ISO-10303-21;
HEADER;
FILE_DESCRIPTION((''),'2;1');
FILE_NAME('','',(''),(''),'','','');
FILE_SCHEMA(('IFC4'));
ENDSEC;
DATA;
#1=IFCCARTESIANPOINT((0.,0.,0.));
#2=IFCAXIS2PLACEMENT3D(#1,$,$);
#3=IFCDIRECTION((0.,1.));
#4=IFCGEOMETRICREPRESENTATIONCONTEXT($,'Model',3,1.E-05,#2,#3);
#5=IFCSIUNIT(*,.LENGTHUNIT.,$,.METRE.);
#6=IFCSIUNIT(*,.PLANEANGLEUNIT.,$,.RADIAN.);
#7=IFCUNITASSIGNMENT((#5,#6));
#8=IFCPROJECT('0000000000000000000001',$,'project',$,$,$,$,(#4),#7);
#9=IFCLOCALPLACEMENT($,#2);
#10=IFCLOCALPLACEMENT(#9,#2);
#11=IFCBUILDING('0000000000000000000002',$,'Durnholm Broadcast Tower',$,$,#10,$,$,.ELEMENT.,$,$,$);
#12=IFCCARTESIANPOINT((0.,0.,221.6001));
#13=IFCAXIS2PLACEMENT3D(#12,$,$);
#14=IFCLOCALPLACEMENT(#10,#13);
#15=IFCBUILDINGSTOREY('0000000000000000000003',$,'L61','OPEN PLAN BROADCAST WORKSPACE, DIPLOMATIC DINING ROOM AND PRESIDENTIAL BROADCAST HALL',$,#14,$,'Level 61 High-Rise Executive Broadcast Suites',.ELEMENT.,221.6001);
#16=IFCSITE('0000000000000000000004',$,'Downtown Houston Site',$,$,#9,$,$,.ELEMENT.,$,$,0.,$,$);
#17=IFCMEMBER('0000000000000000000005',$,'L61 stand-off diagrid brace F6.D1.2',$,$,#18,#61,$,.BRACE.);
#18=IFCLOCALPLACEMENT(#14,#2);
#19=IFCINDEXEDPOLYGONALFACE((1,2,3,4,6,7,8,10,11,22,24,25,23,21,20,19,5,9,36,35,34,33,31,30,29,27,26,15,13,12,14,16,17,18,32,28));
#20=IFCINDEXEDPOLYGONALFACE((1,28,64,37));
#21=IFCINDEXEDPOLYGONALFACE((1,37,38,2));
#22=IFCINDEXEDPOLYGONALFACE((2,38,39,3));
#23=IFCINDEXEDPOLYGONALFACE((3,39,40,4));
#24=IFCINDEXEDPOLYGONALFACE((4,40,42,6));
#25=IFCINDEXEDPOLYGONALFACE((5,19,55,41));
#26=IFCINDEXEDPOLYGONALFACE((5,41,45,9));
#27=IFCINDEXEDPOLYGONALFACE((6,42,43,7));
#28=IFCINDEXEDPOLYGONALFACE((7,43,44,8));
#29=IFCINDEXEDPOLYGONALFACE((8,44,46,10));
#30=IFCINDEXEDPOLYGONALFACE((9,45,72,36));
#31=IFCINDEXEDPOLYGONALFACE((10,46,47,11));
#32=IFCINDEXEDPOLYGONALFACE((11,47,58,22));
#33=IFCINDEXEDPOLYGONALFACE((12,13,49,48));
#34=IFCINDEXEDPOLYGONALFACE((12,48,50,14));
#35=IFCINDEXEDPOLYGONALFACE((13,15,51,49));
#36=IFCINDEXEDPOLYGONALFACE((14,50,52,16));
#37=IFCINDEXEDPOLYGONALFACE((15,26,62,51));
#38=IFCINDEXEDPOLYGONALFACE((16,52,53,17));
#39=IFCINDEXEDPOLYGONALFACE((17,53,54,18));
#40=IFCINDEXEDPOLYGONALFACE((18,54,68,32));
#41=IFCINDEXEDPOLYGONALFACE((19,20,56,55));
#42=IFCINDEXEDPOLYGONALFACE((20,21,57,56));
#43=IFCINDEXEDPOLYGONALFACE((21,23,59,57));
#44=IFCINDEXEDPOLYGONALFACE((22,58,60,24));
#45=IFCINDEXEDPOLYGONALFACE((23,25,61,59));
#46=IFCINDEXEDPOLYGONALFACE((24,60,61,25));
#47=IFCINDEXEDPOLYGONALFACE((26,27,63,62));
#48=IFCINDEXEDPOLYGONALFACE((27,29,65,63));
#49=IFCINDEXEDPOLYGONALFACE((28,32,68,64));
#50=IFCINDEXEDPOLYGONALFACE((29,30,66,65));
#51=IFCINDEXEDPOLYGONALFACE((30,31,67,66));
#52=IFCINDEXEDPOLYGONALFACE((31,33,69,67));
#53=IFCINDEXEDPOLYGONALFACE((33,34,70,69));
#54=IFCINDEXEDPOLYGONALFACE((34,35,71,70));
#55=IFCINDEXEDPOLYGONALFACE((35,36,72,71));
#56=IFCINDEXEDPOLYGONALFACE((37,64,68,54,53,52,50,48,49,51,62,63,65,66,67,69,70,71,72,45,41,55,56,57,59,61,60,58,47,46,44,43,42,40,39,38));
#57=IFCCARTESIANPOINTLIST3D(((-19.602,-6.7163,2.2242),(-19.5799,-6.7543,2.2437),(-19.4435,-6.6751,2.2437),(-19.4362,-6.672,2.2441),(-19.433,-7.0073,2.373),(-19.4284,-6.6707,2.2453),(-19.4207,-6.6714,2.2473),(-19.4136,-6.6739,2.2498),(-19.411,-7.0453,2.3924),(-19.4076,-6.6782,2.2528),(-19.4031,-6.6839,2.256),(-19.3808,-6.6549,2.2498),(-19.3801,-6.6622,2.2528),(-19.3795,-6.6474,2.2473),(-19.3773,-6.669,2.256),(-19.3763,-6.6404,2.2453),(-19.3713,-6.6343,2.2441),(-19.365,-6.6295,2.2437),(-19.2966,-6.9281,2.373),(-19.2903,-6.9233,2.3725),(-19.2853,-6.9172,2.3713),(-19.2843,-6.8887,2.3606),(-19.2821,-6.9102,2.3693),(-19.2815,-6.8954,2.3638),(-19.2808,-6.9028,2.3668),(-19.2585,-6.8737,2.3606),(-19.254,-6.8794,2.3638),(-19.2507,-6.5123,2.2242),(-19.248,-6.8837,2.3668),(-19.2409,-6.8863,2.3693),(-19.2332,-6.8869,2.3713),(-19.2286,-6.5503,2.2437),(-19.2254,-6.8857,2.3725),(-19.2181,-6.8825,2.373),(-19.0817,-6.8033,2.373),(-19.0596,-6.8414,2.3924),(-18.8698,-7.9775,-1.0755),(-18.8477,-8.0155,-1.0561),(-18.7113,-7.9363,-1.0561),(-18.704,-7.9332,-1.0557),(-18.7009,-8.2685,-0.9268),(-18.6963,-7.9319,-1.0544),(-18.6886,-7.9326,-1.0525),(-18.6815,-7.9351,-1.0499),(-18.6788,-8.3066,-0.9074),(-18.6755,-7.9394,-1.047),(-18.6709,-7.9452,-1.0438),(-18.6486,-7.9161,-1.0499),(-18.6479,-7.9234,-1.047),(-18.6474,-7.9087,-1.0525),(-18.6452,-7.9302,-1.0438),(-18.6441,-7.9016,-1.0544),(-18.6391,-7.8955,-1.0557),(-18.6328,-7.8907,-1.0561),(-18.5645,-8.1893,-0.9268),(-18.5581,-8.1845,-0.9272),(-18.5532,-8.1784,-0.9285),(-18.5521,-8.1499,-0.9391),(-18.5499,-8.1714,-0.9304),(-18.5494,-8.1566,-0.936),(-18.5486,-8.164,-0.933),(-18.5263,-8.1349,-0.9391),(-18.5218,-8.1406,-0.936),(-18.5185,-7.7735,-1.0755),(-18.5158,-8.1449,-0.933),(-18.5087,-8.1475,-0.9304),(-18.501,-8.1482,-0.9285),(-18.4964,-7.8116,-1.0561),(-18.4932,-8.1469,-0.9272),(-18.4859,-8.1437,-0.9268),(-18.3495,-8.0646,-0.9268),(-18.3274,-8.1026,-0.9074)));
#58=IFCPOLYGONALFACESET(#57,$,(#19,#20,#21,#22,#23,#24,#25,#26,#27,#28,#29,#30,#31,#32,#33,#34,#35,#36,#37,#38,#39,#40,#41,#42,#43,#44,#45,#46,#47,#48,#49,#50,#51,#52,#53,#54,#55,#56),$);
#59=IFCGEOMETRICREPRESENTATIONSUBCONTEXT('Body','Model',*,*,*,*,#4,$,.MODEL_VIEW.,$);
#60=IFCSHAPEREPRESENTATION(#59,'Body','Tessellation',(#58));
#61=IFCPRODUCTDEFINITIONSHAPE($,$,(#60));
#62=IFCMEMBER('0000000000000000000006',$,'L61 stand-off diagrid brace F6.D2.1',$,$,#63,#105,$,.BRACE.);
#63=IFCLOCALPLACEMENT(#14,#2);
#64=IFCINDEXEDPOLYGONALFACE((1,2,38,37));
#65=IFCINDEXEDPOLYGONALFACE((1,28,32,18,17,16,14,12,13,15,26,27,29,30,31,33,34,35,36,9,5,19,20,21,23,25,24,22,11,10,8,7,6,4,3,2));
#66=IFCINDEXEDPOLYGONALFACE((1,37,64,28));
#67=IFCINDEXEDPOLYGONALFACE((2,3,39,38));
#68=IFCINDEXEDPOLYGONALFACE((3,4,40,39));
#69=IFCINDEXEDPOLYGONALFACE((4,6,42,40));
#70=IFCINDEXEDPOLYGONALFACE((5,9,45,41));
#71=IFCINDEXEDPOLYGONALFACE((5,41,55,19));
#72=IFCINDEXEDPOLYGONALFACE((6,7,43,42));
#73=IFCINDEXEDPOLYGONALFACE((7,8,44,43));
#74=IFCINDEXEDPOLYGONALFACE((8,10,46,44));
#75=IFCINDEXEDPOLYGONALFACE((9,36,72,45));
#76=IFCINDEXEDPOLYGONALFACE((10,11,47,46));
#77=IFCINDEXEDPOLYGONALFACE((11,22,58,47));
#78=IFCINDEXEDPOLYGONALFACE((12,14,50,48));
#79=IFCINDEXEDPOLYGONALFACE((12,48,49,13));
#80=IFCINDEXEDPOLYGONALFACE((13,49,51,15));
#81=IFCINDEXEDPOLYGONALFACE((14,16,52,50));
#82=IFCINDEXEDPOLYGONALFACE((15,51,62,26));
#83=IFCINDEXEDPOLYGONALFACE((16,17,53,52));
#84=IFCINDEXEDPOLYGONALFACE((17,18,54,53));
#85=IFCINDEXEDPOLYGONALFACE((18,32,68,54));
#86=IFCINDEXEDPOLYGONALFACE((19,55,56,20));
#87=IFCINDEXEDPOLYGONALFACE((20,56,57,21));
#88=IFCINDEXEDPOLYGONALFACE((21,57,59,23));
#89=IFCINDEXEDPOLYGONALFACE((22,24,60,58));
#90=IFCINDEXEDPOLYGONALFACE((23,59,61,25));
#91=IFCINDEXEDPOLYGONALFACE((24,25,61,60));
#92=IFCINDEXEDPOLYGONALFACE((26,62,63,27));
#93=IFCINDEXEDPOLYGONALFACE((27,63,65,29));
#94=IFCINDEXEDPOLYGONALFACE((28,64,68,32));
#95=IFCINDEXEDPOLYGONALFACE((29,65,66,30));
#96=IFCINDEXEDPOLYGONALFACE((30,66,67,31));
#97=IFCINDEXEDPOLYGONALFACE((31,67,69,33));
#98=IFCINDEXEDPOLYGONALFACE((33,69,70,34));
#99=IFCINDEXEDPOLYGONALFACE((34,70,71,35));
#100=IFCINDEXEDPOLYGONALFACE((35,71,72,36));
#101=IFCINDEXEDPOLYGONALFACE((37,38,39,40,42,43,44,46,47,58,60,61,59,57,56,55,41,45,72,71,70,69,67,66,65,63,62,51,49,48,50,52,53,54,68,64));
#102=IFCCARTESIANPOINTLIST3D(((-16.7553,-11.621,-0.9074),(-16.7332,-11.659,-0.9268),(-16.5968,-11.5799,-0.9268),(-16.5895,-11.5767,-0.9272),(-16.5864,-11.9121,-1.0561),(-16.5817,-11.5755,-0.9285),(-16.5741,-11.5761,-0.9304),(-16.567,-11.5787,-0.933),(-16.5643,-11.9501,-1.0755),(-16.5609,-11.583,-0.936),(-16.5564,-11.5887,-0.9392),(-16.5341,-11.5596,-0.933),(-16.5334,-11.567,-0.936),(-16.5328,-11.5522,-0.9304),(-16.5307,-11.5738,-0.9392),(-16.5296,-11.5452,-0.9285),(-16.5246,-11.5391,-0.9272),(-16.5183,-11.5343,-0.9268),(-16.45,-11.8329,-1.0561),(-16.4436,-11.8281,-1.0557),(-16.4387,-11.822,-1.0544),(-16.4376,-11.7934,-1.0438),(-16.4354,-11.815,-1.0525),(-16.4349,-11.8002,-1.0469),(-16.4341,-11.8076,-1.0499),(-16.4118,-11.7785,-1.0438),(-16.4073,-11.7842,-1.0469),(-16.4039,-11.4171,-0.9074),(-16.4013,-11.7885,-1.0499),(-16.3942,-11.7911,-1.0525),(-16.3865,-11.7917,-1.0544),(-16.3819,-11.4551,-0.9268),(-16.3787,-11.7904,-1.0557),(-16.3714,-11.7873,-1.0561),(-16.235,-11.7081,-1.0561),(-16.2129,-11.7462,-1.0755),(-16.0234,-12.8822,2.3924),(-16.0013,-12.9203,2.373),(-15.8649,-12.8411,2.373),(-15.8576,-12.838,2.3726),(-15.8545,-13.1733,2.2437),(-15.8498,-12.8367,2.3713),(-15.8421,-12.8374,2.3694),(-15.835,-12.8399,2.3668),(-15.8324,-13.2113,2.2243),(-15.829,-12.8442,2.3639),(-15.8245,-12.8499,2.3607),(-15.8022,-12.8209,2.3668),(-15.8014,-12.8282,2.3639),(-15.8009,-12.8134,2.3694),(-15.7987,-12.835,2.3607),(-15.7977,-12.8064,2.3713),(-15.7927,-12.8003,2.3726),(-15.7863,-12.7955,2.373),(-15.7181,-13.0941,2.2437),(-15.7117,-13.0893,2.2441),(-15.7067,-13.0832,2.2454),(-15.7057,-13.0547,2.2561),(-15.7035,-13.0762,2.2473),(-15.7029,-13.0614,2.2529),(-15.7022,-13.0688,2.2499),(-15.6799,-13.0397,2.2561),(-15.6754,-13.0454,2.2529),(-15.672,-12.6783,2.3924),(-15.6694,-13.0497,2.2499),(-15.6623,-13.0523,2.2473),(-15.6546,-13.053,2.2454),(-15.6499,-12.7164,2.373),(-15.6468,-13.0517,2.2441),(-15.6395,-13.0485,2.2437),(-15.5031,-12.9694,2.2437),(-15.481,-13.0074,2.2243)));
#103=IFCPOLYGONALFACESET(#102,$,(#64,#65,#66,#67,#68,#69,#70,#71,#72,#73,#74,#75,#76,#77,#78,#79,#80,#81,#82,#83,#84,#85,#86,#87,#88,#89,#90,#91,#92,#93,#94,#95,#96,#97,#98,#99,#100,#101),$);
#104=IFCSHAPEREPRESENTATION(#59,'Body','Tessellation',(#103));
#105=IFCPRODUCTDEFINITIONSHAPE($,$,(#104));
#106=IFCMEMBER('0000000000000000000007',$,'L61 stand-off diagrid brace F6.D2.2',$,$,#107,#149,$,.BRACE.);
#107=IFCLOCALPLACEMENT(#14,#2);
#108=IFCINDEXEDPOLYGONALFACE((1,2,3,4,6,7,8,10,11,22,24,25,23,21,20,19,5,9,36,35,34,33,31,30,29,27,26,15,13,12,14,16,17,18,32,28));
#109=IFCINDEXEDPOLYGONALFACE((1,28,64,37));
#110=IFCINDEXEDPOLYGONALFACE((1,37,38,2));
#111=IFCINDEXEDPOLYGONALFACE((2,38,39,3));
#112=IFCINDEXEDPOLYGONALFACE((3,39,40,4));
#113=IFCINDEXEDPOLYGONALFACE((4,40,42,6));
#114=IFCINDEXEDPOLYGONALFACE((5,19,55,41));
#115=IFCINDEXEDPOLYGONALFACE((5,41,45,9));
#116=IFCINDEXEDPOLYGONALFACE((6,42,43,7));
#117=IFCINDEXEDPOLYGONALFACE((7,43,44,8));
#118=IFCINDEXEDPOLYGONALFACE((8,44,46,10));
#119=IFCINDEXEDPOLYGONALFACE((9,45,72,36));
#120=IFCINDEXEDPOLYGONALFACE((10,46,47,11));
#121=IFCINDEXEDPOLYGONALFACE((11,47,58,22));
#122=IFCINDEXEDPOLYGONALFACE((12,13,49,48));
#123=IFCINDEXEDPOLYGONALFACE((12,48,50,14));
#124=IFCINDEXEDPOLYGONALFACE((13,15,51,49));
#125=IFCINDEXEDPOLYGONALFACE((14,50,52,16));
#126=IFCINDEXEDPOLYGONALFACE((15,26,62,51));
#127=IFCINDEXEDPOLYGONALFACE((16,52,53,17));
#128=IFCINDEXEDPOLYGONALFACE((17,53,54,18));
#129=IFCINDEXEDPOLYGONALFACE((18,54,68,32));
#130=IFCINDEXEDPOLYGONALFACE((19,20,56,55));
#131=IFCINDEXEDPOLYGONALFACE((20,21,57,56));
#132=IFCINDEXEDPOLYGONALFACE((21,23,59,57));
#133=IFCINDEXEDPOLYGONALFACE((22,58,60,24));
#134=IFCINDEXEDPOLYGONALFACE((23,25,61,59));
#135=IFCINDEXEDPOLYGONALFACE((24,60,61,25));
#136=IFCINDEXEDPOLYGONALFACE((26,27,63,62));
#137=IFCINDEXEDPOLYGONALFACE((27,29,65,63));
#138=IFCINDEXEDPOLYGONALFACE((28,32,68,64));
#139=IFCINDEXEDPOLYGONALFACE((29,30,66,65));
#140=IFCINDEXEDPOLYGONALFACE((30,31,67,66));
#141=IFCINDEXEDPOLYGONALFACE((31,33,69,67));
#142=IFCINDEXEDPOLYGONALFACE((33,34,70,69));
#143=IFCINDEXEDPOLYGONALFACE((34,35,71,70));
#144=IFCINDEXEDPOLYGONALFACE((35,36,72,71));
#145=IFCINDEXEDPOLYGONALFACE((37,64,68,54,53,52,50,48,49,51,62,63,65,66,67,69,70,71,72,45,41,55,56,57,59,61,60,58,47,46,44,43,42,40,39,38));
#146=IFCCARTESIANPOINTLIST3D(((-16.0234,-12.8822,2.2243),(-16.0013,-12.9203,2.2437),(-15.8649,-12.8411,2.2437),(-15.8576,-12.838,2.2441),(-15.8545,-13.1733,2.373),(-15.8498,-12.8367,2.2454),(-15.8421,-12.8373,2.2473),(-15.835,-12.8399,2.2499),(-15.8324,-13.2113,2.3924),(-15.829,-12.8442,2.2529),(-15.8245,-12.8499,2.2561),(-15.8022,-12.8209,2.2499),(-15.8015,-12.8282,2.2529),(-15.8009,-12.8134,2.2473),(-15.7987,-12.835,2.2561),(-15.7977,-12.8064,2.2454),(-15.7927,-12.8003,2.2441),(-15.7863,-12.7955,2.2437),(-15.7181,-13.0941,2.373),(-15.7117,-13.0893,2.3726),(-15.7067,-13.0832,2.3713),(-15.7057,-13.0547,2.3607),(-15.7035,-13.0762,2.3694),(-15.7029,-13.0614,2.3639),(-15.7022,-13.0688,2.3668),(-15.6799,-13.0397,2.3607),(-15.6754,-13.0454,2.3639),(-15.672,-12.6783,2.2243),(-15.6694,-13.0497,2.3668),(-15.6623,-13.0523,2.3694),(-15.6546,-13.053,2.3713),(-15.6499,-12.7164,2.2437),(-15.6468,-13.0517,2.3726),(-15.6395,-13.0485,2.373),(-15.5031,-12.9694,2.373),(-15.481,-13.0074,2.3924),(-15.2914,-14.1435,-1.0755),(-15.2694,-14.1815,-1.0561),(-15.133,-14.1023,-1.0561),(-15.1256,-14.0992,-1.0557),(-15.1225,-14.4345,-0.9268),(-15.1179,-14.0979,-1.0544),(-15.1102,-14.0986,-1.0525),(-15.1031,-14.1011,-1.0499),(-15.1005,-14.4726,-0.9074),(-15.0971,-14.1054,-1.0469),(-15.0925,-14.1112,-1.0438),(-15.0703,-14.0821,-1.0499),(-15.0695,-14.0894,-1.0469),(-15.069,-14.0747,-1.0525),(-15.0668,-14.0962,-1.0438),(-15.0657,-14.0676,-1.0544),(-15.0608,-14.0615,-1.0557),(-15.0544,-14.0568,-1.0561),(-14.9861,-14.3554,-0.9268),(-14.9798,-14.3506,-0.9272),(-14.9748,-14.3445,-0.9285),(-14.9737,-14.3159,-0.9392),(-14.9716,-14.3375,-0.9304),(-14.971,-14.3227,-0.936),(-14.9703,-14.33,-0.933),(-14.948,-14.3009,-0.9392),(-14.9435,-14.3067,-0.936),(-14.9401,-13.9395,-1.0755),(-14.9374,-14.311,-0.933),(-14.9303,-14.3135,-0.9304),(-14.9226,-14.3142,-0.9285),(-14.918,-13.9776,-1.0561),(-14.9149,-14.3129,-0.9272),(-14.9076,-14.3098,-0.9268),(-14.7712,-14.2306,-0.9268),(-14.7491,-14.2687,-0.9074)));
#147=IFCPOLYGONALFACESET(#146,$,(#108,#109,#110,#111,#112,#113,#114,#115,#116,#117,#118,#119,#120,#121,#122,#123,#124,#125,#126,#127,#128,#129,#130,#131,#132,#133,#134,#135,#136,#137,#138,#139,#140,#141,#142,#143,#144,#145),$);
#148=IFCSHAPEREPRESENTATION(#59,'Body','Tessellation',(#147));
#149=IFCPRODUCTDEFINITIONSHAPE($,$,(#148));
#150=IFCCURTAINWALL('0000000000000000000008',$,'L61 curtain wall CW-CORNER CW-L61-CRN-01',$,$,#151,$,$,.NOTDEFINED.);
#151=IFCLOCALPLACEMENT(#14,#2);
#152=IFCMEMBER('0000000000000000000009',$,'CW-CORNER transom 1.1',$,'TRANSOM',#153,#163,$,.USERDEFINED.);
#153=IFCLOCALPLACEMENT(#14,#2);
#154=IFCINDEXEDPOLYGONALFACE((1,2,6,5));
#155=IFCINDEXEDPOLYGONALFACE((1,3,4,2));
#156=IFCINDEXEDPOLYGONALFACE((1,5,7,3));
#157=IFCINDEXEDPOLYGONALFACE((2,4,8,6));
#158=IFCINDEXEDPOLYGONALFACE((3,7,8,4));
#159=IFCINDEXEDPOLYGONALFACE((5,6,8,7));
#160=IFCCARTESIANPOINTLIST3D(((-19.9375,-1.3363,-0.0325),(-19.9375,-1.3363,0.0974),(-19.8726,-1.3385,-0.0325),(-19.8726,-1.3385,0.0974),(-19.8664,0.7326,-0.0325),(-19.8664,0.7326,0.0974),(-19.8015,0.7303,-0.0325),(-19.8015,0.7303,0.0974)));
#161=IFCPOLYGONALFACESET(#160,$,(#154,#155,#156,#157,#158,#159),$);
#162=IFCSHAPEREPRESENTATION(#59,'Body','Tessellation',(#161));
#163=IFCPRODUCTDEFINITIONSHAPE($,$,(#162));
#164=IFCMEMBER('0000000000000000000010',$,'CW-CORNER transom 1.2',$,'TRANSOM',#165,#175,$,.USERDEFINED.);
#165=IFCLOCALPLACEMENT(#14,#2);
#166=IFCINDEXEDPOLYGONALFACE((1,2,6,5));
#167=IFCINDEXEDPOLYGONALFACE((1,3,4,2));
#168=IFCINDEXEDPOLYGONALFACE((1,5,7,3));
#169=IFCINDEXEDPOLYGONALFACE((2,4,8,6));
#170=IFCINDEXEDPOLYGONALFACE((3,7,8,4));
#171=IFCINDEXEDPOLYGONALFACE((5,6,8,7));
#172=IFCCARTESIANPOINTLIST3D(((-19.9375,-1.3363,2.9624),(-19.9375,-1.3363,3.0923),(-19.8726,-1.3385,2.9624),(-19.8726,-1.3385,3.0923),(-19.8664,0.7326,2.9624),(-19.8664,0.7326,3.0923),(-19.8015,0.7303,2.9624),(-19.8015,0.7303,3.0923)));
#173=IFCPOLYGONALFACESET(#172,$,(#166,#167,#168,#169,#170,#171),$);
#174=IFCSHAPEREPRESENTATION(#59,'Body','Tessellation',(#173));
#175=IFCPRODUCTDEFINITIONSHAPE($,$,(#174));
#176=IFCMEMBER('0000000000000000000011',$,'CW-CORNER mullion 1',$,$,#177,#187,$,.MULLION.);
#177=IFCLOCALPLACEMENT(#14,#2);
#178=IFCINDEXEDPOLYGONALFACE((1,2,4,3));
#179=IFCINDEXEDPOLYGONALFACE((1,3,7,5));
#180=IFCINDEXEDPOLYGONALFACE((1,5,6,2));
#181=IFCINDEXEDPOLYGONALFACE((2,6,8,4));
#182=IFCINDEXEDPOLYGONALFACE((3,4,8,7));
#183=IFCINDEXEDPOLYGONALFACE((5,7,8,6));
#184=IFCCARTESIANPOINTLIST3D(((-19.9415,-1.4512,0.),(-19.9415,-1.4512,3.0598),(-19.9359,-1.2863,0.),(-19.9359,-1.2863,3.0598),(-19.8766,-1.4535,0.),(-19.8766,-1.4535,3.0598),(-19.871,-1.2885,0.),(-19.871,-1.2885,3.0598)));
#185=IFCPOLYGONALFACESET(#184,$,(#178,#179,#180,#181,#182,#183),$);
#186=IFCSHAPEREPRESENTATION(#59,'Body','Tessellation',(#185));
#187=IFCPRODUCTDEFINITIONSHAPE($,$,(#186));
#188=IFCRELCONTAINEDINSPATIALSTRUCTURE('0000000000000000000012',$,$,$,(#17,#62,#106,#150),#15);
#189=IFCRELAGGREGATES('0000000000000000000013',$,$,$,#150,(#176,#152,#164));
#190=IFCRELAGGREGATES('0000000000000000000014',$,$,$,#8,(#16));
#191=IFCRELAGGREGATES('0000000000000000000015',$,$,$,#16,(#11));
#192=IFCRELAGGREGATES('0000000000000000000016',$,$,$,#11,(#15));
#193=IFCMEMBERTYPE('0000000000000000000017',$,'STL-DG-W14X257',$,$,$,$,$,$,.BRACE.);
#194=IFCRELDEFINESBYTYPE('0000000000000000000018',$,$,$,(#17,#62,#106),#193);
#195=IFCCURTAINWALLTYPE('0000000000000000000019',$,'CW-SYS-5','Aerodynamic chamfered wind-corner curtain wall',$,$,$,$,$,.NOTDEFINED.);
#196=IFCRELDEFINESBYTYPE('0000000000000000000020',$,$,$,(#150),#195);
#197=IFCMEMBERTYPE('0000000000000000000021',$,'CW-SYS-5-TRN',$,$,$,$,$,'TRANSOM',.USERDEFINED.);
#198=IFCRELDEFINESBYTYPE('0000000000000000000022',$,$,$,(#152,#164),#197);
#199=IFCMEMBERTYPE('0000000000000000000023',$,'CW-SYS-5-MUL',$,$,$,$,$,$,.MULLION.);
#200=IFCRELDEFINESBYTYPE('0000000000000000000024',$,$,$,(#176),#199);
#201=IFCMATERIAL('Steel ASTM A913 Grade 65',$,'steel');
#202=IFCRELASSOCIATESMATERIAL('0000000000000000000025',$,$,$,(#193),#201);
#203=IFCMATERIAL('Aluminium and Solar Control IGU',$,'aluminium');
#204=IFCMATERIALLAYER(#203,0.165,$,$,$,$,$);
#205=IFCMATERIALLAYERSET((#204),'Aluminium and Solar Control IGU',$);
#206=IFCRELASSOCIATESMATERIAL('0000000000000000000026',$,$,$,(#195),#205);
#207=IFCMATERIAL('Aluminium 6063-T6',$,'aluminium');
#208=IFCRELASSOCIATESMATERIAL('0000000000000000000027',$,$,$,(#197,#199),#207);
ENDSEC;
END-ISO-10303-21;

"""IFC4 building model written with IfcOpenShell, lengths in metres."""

from ifc_helpers import new_model, si_unit, direction, frame, origin, origin_2d, place, context, subcontext, project, spatial, rectangle, i_section, extrude, source, transform, mapped, material, layer, layer_set, material_profile, profile_set, type_object, type_shapes, element, aggregate, save


model = new_model("IFC4")

# Units and contexts
model_context = context("Model", 3, precision=1e-05, world=origin(), true_north=direction((0.0, 1.0)))
body_context = subcontext(model_context, "Body", "Model", "MODEL_VIEW")
ifc_project = project(units=[si_unit("LENGTHUNIT", "METRE"), si_unit("PLANEANGLEUNIT", "RADIAN")], contexts=[model_context])

# Site, building, storey
site_placement = place(None, origin())
site = spatial("IfcSite", under=ifc_project, at=site_placement, Name="Downtown Houston Site", CompositionType="ELEMENT", RefElevation=0.0)
building_placement = place(site_placement, origin())
building = spatial("IfcBuilding", under=site, at=building_placement, Name="Durnholm Broadcast Tower", CompositionType="ELEMENT")
storey_placement = place(building_placement, frame((0.0, 0.0, 221.6001)))
storey = spatial("IfcBuildingStorey", under=building, at=storey_placement, Name="L61", Description="OPEN PLAN BROADCAST WORKSPACE, DIPLOMATIC DINING ROOM AND PRESIDENTIAL BROADCAST HALL", LongName="Level 61 High-Rise Executive Broadcast Suites", CompositionType="ELEMENT", Elevation=221.6001)

# Members
ifc_material_1 = material(Name="Steel ASTM A913 Grade 65", Category="steel")
ifc_material_profile_1 = material_profile(ifc_material_1, i_section(OverallWidth=0.4062, OverallDepth=0.416, WebThickness=0.0298, FlangeThickness=0.0481, FilletRadius=0.0305, at=origin_2d()), Name="W14X257")
ifc_profile_set_1 = profile_set([ifc_material_profile_1], Name="Steel ASTM A913 Grade 65")
member_type_1 = type_object("IfcMemberType", Name="STL-DG-W14X257", PredefinedType="BRACE", material=ifc_profile_set_1)
shared_shape_1 = source(origin(), body_context, "Body", "SweptSolid", [
    extrude(i_section(OverallWidth=0.4062, OverallDepth=0.416, WebThickness=0.0298, FlangeThickness=0.0481, FilletRadius=0.0305, at=origin_2d()), origin(), (0.0, 0.0, 1.0), 3.6077),
])
type_shapes(member_type_1, [shared_shape_1])
for number, where, z_axis, x_axis, name in (
    (1, (-18.5986, -8.04, -0.9915), (-0.202949, 0.349594, 0.914656), (-0.864833, -0.502059, 0.0), "L61 stand-off diagrid brace F6.D1.2"),
    (2, (-16.4841, -11.6836, -0.9915), (0.202884, -0.349599, 0.914669), (0.864906, 0.501934, 0.0), "L61 stand-off diagrid brace F6.D2.1"),
    (3, (-15.0203, -14.2061, -0.9915), (-0.202884, 0.349599, 0.914669), (-0.864906, -0.501934, 0.0), "L61 stand-off diagrid brace F6.D2.2"),
):
    element("IfcMember", number, at=place(storey_placement, frame(where, z_axis=z_axis, x_axis=x_axis)), inside=storey, type_object=member_type_1, Name=name, PredefinedType="BRACE", context=body_context, shape_type="MappedRepresentation", body=[
        mapped(shared_shape_1, transform((0.0, 0.0, 0.0), x_axis=(1.0, 0.0, 0.0), y_axis=(0.0, 1.0, 0.0), z_axis=(0.0, 0.0, 1.0), scale=1.0)),
    ])

# Curtain wall, members
ifc_material_2 = material(Name="Aluminium and Solar Control IGU", Category="aluminium")
ifc_layer_1 = layer(ifc_material_2, 0.165)
ifc_layer_set_1 = layer_set([ifc_layer_1], Name="Aluminium and Solar Control IGU")
curtain_wall_type_1 = type_object("IfcCurtainWallType", Name="CW-SYS-5", Description="Aerodynamic chamfered wind-corner curtain wall", PredefinedType="NOTDEFINED", material=ifc_layer_set_1)
curtain_wall_1_placement = place(storey_placement, origin())
curtain_wall_1 = element("IfcCurtainWall", 4, at=curtain_wall_1_placement, inside=storey, type_object=curtain_wall_type_1, Name="L61 curtain wall CW-CORNER CW-L61-CRN-01", PredefinedType="NOTDEFINED")
ifc_material_3 = material(Name="Aluminium 6063-T6", Category="aluminium")
ifc_material_profile_2 = material_profile(ifc_material_3, rectangle(XDim=0.0649, YDim=0.1299, at=origin_2d()), Name="CWT65X130")
ifc_profile_set_2 = profile_set([ifc_material_profile_2], Name="Aluminium 6063-T6")
member_type_2 = type_object("IfcMemberType", Name="CW-SYS-5-TRN", ElementType="TRANSOM", PredefinedType="USERDEFINED", material=ifc_profile_set_2)
shared_shape_2 = source(origin(), body_context, "Body", "SweptSolid", [
    extrude(rectangle(XDim=0.0649, YDim=0.1299, at=origin_2d()), origin(), (0.0, 0.0, 1.0), 2.0701),
])
type_shapes(member_type_2, [shared_shape_2])
member_1_placement = place(storey_placement, frame((-19.905, -1.3374, 0.0325), z_axis=(0.03432, 0.999411, 0.0), x_axis=(-0.999411, 0.03432, 0.0)))
member_1 = element("IfcMember", 5, at=member_1_placement, type_object=member_type_2, Name="CW-CORNER transom 1.1", ObjectType="TRANSOM", PredefinedType="USERDEFINED", context=body_context, shape_type="MappedRepresentation", body=[
    mapped(shared_shape_2, transform((0.0, 0.0, 0.0), x_axis=(1.0, 0.0, 0.0), y_axis=(0.0, 1.0, 0.0), z_axis=(0.0, 0.0, 1.0), scale=1.0)),
])
member_2_placement = place(storey_placement, frame((-19.905, -1.3374, 3.0273), z_axis=(0.03432, 0.999411, 0.0), x_axis=(-0.999411, 0.03432, 0.0)))
member_2 = element("IfcMember", 6, at=member_2_placement, type_object=member_type_2, Name="CW-CORNER transom 1.2", ObjectType="TRANSOM", PredefinedType="USERDEFINED", context=body_context, shape_type="MappedRepresentation", body=[
    mapped(shared_shape_2, transform((0.0, 0.0, 0.0), x_axis=(1.0, 0.0, 0.0), y_axis=(0.0, 1.0, 0.0), z_axis=(0.0, 0.0, 1.0), scale=1.0)),
])
ifc_material_profile_3 = material_profile(ifc_material_3, rectangle(XDim=0.0649, YDim=0.165, at=origin_2d()), Name="CWM65X165")
ifc_profile_set_3 = profile_set([ifc_material_profile_3], Name="Aluminium 6063-T6")
member_type_3 = type_object("IfcMemberType", Name="CW-SYS-5-MUL", PredefinedType="MULLION", material=ifc_profile_set_3)
shared_shape_3 = source(origin(), body_context, "Body", "SweptSolid", [
    extrude(rectangle(XDim=0.0649, YDim=0.165, at=origin_2d()), origin(), (0.0, 0.0, 1.0), 3.0598),
])
type_shapes(member_type_3, [shared_shape_3])
member_3_placement = place(storey_placement, frame((-19.9062, -1.3699, 0.0), z_axis=(0.0, 0.0, 1.0), x_axis=(-0.999411, 0.034318, 0.0)))
member_3 = element("IfcMember", 7, at=member_3_placement, type_object=member_type_3, Name="CW-CORNER mullion 1", PredefinedType="MULLION", context=body_context, shape_type="MappedRepresentation", body=[
    mapped(shared_shape_3, transform((0.0, 0.0, 0.0), x_axis=(1.0, 0.0, 0.0), y_axis=(0.0, 1.0, 0.0), z_axis=(0.0, 0.0, 1.0), scale=1.0)),
])

aggregate(curtain_wall_1, [member_3, member_1, member_2])

save(model, "model.ifc")
